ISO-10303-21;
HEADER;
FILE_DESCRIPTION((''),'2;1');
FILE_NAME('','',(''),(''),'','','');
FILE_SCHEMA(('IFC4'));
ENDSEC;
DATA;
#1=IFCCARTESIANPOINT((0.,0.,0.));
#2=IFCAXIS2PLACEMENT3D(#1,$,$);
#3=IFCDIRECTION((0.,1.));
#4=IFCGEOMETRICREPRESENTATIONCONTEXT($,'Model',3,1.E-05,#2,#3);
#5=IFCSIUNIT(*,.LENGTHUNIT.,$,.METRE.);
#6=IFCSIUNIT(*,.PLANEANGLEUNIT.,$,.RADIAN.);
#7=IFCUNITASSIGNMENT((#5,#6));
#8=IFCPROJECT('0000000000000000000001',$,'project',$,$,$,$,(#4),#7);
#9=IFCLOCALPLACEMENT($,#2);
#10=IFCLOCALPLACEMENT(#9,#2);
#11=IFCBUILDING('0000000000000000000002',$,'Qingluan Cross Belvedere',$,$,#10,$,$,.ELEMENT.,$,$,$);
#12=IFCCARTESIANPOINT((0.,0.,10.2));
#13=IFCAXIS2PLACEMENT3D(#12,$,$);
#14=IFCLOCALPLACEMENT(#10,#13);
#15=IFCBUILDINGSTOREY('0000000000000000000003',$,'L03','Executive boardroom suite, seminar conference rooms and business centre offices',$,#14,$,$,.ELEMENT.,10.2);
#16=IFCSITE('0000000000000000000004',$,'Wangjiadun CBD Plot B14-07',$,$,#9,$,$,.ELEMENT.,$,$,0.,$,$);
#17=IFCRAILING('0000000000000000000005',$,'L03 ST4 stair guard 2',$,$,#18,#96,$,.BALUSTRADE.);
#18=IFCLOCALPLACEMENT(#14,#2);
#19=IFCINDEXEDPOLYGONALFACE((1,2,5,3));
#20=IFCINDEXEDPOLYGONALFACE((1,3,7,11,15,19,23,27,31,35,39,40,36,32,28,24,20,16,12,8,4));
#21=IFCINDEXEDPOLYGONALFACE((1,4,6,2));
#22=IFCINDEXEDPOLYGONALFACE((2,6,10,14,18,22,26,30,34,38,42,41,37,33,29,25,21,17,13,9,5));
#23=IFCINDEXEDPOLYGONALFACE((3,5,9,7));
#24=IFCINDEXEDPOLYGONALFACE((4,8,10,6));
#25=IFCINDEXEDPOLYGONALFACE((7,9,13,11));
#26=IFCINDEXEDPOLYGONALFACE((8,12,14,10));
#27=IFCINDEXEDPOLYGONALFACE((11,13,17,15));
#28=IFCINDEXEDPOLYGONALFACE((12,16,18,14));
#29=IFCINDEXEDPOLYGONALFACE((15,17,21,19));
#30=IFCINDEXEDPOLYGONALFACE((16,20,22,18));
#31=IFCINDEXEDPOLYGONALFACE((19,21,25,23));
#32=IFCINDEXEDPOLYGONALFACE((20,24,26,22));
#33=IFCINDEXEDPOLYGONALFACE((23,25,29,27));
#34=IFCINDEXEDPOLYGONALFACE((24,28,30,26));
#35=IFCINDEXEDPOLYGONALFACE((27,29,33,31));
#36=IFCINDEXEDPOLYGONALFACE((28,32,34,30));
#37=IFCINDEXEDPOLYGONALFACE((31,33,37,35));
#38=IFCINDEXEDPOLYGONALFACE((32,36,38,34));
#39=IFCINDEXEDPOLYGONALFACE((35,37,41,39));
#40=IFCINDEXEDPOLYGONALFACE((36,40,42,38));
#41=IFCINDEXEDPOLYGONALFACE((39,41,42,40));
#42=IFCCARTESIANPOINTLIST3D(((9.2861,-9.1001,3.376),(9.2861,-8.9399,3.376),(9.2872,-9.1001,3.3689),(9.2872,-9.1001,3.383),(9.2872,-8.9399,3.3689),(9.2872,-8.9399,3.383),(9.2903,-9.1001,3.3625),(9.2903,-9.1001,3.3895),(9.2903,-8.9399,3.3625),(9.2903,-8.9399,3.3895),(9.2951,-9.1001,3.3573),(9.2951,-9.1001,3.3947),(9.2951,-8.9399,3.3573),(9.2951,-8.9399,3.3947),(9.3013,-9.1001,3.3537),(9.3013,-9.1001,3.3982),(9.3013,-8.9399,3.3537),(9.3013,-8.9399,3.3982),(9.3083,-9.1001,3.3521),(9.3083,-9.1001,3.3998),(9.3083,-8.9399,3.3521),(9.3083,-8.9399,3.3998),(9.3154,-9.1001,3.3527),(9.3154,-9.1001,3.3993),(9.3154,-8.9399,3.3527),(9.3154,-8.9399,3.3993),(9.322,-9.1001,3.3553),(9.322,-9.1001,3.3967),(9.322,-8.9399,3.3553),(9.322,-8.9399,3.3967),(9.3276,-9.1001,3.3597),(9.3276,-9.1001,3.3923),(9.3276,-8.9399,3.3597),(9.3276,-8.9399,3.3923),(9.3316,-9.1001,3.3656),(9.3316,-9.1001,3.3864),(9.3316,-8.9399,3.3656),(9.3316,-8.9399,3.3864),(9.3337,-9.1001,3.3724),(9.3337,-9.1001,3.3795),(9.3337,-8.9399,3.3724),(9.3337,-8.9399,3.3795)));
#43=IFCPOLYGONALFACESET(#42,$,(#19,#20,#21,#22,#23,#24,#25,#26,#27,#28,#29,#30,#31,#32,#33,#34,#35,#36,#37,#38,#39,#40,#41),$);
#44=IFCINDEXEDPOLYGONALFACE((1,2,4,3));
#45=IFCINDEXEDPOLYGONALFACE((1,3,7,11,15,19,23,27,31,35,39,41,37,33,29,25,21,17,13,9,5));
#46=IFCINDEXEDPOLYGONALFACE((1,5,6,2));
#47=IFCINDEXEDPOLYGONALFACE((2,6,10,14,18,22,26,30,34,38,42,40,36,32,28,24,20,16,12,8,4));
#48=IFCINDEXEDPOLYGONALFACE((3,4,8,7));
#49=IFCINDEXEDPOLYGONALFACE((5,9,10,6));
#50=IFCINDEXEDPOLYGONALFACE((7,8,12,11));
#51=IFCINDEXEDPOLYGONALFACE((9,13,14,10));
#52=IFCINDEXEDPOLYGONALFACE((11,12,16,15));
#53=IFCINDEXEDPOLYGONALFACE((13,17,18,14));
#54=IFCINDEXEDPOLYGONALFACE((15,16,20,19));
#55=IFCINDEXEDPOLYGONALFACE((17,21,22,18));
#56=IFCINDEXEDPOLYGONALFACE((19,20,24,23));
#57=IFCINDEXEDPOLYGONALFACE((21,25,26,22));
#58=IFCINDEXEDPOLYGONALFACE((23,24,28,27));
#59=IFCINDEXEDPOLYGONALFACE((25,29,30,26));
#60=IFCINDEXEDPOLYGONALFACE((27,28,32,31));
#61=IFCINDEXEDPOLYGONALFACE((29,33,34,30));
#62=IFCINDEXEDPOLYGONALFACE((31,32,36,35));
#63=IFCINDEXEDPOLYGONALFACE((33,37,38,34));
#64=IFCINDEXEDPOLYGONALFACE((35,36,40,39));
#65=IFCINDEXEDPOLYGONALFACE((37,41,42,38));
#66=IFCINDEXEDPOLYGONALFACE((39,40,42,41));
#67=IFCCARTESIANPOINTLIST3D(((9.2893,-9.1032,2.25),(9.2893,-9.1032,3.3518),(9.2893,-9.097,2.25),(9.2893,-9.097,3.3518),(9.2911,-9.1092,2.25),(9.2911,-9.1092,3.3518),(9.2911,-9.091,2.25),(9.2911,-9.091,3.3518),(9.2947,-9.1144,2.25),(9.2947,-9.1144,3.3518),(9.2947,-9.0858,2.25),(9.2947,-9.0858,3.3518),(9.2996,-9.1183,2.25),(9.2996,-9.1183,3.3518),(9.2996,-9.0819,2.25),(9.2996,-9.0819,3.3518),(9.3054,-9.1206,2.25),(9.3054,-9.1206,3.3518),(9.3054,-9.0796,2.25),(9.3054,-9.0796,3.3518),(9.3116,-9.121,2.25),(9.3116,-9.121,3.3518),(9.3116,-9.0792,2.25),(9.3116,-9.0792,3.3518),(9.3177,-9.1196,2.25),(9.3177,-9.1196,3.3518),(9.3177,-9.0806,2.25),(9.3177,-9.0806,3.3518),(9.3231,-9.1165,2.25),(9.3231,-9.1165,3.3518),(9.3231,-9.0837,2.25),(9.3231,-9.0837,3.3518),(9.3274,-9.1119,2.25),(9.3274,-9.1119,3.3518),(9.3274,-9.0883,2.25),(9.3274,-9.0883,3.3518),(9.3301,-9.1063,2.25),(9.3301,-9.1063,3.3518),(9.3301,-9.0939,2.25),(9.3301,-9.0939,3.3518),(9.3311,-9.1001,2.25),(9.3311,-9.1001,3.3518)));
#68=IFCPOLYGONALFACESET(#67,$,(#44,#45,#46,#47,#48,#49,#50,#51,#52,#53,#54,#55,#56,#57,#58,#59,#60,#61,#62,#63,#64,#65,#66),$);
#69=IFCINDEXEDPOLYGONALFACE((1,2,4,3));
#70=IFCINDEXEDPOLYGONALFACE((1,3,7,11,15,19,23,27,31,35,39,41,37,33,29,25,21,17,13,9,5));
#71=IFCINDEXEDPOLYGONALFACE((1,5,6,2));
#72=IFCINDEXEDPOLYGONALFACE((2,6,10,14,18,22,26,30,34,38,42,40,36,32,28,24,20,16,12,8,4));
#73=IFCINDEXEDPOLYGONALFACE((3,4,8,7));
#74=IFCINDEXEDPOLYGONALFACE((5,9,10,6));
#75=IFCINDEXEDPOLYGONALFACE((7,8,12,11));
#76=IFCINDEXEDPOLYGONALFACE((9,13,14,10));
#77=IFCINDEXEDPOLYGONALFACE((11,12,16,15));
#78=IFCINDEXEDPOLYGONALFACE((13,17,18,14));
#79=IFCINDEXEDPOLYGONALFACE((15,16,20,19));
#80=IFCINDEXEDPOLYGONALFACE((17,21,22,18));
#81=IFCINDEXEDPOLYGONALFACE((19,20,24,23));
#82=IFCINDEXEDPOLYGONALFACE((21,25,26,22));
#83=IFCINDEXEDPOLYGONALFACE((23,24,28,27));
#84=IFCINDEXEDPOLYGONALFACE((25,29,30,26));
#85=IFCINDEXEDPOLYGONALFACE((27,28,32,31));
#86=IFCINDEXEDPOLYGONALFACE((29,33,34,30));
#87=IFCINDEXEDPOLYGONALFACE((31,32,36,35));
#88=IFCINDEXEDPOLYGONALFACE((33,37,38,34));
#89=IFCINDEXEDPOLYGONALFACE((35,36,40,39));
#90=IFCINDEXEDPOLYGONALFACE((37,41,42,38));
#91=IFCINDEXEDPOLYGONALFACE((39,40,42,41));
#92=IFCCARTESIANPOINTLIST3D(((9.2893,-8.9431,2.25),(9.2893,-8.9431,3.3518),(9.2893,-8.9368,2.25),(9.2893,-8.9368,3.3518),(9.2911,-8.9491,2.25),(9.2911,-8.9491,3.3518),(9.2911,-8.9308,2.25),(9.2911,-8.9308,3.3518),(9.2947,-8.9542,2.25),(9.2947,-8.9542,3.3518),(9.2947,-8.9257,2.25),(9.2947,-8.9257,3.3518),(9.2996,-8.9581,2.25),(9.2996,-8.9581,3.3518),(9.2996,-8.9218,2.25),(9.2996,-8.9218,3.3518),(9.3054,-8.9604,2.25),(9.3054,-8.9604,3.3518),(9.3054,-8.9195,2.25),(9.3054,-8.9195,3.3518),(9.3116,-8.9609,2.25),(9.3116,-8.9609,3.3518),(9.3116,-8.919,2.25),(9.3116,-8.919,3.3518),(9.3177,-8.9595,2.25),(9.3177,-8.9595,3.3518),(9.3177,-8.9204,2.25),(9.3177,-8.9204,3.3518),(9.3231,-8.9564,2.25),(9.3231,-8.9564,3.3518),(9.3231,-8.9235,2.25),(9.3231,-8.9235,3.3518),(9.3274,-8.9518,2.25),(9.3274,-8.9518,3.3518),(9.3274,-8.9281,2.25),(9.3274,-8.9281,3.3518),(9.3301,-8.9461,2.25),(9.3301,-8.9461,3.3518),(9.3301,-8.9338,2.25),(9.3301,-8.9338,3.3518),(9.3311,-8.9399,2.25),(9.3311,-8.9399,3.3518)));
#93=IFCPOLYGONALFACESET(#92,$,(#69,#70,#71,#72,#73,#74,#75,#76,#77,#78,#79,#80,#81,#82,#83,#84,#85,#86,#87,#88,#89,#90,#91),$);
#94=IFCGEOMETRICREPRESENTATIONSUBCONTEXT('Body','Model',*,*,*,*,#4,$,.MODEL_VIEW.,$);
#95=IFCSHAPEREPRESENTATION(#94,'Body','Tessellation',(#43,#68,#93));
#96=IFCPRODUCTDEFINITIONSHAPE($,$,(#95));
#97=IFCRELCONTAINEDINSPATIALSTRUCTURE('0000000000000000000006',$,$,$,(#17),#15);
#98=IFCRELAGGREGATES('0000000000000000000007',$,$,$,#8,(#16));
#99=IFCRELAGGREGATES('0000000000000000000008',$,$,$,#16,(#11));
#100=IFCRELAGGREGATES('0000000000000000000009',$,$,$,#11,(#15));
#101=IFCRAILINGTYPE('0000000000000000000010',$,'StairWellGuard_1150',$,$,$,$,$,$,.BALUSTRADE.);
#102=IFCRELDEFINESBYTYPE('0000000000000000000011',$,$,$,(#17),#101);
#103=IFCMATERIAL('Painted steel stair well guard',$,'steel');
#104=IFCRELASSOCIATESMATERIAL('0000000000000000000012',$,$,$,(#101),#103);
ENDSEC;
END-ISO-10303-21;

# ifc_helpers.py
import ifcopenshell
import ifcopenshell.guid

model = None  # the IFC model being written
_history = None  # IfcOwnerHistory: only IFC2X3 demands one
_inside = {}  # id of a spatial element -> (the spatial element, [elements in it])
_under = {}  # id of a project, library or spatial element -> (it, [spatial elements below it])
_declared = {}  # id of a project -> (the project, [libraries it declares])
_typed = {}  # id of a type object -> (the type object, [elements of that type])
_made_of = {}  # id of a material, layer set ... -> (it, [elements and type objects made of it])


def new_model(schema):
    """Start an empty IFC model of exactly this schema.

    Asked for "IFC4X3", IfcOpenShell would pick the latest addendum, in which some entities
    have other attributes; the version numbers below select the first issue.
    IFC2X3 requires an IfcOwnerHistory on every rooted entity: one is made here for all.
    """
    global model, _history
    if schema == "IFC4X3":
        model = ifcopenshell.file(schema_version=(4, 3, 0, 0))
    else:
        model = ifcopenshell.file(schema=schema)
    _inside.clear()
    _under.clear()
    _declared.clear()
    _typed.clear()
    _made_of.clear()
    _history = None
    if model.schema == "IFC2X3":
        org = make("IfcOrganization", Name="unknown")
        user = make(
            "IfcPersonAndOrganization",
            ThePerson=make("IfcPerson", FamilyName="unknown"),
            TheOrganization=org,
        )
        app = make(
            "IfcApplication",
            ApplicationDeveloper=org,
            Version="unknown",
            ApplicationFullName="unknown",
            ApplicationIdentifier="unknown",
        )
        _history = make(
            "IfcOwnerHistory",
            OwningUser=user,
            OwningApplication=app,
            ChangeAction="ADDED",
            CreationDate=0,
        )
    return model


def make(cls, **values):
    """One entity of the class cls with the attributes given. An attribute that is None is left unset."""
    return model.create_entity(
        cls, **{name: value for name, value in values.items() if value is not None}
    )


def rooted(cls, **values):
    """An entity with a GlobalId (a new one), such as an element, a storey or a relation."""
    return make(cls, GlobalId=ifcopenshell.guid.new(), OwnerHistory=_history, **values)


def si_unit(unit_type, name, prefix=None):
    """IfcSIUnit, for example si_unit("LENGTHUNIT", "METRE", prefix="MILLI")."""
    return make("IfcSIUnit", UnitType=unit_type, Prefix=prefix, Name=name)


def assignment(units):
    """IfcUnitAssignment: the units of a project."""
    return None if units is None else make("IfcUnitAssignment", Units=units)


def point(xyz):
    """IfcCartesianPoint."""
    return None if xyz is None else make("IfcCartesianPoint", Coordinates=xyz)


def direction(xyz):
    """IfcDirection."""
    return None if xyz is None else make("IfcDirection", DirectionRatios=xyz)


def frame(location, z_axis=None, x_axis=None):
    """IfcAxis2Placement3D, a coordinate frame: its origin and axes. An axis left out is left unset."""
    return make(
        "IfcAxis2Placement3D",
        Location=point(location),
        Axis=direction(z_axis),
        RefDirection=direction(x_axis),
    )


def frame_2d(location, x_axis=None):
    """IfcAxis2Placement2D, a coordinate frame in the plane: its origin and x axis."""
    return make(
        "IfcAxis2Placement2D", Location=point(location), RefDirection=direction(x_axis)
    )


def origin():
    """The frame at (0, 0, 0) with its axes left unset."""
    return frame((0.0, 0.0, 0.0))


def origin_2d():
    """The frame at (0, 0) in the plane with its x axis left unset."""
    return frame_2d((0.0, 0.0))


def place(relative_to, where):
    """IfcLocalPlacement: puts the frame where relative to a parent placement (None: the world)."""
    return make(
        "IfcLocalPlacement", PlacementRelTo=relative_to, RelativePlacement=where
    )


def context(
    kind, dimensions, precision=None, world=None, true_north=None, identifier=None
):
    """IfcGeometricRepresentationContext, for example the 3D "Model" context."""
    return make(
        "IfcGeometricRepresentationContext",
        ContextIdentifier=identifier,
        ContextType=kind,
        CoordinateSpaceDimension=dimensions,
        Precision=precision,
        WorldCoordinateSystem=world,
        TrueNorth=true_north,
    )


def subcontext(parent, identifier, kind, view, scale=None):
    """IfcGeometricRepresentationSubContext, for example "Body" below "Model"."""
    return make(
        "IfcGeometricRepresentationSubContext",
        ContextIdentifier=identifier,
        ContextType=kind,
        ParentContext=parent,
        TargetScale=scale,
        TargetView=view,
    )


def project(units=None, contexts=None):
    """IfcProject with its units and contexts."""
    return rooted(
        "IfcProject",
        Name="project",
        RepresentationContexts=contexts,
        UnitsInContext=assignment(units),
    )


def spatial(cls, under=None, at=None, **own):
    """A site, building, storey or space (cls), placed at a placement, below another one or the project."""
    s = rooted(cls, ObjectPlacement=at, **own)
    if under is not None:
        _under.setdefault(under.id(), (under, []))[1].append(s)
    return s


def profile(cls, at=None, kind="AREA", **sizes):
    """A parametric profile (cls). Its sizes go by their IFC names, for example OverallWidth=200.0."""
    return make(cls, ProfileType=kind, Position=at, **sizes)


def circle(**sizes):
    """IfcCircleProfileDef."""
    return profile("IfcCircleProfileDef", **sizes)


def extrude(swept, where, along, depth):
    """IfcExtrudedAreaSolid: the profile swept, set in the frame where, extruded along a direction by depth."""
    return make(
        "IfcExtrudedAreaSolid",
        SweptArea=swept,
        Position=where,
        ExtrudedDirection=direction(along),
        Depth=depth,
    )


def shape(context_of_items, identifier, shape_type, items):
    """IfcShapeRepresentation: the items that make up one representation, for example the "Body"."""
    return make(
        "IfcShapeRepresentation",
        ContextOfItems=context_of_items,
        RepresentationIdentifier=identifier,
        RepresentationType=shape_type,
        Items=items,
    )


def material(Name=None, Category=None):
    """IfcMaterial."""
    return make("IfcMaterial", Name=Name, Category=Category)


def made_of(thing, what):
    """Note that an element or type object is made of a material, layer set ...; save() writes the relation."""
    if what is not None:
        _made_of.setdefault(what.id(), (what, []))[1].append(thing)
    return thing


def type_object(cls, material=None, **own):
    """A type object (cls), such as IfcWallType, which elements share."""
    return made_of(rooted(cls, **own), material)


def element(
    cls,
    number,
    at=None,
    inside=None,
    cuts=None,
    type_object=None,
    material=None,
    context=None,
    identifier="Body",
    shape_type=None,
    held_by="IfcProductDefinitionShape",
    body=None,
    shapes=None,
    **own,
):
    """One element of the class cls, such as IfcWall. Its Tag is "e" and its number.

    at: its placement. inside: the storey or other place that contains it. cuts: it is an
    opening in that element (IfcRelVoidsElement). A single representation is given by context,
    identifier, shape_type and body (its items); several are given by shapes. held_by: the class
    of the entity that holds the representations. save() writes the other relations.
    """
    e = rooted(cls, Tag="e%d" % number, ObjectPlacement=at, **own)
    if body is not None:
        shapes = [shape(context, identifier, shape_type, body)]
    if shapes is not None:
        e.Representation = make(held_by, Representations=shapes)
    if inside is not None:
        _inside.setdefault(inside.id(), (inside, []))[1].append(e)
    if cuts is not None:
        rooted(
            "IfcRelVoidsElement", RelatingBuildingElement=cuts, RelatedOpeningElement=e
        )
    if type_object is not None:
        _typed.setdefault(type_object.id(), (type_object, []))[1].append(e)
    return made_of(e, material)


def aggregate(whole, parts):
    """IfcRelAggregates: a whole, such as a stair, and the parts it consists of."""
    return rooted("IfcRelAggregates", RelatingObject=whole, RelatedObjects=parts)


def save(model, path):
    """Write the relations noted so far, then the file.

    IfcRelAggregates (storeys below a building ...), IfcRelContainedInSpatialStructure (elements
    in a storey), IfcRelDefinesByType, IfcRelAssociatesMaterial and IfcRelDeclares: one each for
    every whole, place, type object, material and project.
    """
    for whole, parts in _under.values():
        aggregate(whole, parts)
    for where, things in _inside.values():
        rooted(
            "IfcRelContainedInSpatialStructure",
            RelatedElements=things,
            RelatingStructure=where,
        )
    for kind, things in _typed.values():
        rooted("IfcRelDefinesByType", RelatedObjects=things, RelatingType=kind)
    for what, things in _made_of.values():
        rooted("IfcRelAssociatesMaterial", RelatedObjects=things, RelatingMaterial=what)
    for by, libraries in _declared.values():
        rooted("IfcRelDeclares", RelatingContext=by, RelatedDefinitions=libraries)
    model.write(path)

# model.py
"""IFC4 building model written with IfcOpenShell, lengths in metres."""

from ifc_helpers import new_model, si_unit, direction, frame, origin, origin_2d, place, context, subcontext, project, spatial, circle, extrude, material, type_object, element, save


model = new_model("IFC4")

# Units and contexts
model_context = context("Model", 3, precision=1e-05, world=origin(), true_north=direction((0.0, 1.0)))
body_context = subcontext(model_context, "Body", "Model", "MODEL_VIEW")
ifc_project = project(units=[si_unit("LENGTHUNIT", "METRE"), si_unit("PLANEANGLEUNIT", "RADIAN")], contexts=[model_context])

# Site, building, storey
site_placement = place(None, origin())
site = spatial("IfcSite", under=ifc_project, at=site_placement, Name="Wangjiadun CBD Plot B14-07", CompositionType="ELEMENT", RefElevation=0.0)
building_placement = place(site_placement, origin())
building = spatial("IfcBuilding", under=site, at=building_placement, Name="Qingluan Cross Belvedere", CompositionType="ELEMENT")
storey_placement = place(building_placement, frame((0.0, 0.0, 10.2)))
storey = spatial("IfcBuildingStorey", under=building, at=storey_placement, Name="L03", Description="Executive boardroom suite, seminar conference rooms and business centre offices", CompositionType="ELEMENT", Elevation=10.2)

# Railing
ifc_material_1 = material(Name="Painted steel stair well guard", Category="steel")
railing_type_1 = type_object("IfcRailingType", Name="StairWellGuard_1150", PredefinedType="BALUSTRADE", material=ifc_material_1)
railing_1_placement = place(storey_placement, frame((9.3101, -9.1001, 2.25)))
element("IfcRailing", 1, at=railing_1_placement, inside=storey, type_object=railing_type_1, Name="L03 ST4 stair guard 2", PredefinedType="BALUSTRADE", context=body_context, shape_type="SweptSolid", body=[
    extrude(circle(Radius=0.0239, at=origin_2d()), frame((0.0, 0.0, 1.126), z_axis=(0.0, 1.0, 0.0), x_axis=(-1.0, 0.0, 0.0)), (0.0, 0.0, 1.0), 0.1602),
    extrude(circle(Radius=0.021, at=origin_2d()), origin(), (0.0, 0.0, 1.0), 1.1018),
    extrude(circle(Radius=0.021, at=origin_2d()), frame((0.0, 0.1602, 0.0)), (0.0, 0.0, 1.0), 1.1018),
])

save(model, "model.ifc")
